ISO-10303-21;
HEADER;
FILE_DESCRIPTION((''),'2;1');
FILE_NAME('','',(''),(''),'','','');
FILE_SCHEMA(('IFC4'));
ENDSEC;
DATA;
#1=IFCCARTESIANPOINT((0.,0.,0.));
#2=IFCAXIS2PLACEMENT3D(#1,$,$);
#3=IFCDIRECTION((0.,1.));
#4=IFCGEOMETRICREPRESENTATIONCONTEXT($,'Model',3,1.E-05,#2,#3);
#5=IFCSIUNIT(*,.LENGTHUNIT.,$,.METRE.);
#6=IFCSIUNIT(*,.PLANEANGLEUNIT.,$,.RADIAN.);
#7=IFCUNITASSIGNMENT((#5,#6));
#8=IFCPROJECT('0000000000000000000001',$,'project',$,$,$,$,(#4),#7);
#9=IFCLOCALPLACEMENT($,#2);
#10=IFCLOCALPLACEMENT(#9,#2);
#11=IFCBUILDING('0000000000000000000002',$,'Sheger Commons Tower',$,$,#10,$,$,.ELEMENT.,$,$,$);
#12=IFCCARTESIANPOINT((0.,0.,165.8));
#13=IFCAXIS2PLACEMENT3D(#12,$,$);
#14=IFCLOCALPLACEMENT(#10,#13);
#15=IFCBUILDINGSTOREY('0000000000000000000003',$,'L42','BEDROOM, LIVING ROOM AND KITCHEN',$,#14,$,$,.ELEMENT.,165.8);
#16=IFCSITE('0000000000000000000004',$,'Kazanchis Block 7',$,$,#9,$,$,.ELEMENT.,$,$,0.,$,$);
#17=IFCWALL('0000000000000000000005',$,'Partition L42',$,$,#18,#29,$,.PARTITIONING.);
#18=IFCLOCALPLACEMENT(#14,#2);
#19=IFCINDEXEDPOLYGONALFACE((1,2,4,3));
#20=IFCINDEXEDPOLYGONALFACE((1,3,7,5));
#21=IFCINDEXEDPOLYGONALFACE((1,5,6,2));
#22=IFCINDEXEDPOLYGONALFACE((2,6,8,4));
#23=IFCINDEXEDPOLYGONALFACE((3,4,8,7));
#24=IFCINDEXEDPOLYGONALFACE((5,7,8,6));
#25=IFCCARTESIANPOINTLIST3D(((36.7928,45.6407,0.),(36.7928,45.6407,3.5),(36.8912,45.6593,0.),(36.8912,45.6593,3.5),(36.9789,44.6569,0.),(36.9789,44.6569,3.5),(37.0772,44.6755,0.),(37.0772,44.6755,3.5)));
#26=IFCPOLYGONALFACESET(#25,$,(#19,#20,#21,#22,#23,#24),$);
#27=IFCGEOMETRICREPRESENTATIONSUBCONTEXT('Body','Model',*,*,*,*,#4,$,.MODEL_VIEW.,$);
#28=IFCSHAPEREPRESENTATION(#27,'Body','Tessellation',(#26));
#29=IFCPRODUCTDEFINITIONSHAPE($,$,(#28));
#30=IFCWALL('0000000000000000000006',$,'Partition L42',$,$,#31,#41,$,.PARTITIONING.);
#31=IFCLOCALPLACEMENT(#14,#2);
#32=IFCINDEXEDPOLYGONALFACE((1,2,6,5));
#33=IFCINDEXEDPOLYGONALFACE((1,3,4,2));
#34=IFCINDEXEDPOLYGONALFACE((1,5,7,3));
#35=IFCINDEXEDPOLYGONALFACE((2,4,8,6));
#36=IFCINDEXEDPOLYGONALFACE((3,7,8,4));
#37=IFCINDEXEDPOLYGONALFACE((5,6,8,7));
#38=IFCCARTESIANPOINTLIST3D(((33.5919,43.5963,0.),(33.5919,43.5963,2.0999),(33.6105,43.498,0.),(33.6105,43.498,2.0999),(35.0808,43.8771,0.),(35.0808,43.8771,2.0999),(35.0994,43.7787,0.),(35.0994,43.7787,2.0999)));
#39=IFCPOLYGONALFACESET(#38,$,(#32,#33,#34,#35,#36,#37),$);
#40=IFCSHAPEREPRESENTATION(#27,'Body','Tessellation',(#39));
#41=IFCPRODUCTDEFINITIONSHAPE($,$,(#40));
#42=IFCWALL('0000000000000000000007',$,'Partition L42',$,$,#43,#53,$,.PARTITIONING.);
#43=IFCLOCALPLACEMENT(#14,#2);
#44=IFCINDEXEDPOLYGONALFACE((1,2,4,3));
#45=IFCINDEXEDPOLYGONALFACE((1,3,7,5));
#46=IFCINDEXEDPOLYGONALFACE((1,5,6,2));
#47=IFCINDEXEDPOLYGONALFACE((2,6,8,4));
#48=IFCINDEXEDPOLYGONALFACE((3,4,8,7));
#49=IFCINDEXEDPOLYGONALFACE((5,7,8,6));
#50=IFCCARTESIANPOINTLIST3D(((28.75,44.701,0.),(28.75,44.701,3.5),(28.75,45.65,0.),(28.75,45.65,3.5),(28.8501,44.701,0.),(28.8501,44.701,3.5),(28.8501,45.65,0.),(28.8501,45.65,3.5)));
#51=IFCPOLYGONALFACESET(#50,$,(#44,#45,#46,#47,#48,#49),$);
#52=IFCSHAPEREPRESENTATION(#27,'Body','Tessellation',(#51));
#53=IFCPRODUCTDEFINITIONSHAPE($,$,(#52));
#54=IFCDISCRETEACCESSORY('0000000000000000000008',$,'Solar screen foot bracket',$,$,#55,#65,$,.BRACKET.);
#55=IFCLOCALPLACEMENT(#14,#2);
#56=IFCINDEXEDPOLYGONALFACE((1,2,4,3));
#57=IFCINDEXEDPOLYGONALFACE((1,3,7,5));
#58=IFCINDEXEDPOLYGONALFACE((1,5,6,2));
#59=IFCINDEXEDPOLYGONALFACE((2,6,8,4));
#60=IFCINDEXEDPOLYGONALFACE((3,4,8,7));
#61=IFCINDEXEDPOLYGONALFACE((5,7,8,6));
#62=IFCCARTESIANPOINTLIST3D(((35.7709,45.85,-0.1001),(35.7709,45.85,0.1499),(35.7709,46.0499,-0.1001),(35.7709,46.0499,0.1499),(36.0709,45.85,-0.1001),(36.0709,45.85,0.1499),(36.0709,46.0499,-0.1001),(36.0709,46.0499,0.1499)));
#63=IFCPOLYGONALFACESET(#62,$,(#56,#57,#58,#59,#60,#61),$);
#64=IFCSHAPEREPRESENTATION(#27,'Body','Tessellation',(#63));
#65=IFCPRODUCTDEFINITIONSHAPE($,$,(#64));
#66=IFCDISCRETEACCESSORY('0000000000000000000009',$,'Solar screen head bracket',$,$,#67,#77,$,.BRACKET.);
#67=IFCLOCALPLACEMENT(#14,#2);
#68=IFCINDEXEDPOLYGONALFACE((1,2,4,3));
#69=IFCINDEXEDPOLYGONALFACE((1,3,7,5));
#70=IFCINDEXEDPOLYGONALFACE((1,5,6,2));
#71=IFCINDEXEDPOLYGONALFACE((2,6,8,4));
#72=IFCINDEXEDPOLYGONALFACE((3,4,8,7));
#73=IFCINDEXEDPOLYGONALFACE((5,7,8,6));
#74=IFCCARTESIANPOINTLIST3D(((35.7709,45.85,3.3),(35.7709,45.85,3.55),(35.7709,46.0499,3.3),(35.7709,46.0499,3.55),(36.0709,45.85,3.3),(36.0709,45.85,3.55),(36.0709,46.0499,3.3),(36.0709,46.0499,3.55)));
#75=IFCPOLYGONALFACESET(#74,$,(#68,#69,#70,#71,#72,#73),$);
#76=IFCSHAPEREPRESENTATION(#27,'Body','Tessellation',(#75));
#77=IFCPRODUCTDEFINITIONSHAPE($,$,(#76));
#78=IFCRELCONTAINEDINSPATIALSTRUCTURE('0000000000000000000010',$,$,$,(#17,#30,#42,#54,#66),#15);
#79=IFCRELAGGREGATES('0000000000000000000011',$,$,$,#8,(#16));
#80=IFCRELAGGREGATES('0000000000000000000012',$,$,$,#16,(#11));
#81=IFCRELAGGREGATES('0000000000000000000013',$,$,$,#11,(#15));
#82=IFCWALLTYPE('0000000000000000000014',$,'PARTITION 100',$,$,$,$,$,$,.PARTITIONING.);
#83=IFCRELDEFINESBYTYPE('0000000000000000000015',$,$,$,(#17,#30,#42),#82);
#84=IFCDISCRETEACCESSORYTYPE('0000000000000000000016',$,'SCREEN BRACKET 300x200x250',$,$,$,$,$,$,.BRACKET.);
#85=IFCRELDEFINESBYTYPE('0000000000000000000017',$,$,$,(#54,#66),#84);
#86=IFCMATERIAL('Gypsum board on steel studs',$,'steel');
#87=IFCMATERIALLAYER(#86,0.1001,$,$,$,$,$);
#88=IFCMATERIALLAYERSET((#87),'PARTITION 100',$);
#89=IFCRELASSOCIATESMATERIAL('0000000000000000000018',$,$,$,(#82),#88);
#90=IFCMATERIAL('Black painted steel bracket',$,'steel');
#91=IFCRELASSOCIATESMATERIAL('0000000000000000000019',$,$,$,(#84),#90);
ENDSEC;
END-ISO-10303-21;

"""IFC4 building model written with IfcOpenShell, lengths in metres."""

from ifc_helpers import new_model, si_unit, direction, frame, frame_2d, origin, origin_2d, place, context, subcontext, project, spatial, rectangle, extrude, material, layer, layer_set, type_object, element, save


model = new_model("IFC4")

# Units and contexts
model_context = context("Model", 3, precision=1e-05, world=origin(), true_north=direction((0.0, 1.0)))
body_context = subcontext(model_context, "Body", "Model", "MODEL_VIEW")
ifc_project = project(units=[si_unit("LENGTHUNIT", "METRE"), si_unit("PLANEANGLEUNIT", "RADIAN")], contexts=[model_context])

# Site, building, storey
site_placement = place(None, origin())
site = spatial("IfcSite", under=ifc_project, at=site_placement, Name="Kazanchis Block 7", CompositionType="ELEMENT", RefElevation=0.0)
building_placement = place(site_placement, origin())
building = spatial("IfcBuilding", under=site, at=building_placement, Name="Sheger Commons Tower", CompositionType="ELEMENT")
storey_placement = place(building_placement, frame((0.0, 0.0, 165.8)))
storey = spatial("IfcBuildingStorey", under=building, at=storey_placement, Name="L42", Description="BEDROOM, LIVING ROOM AND KITCHEN", CompositionType="ELEMENT", Elevation=165.8)

# Walls
ifc_material_1 = material(Name="Gypsum board on steel studs", Category="steel")
ifc_layer_1 = layer(ifc_material_1, 0.1001)
ifc_layer_set_1 = layer_set([ifc_layer_1], Name="PARTITION 100")
wall_type_1 = type_object("IfcWallType", Name="PARTITION 100", PredefinedType="PARTITIONING", material=ifc_layer_set_1)
wall_1_placement = place(storey_placement, frame((36.842, 45.6499, 0.0), z_axis=(0.0, 0.0, 1.0), x_axis=(0.18579, -0.982589, 0.0)))
element("IfcWall", 1, at=wall_1_placement, inside=storey, type_object=wall_type_1, Name="Partition L42", PredefinedType="PARTITIONING", context=body_context, shape_type="SweptSolid", body=[
    extrude(rectangle(XDim=1.0012, YDim=0.1001, at=frame_2d((0.5005, 0.0))), origin(), (0.0, 0.0, 1.0), 3.5),
])
wall_2_placement = place(storey_placement, frame((35.0901, 43.8279, 0.0), z_axis=(0.0, 0.0, 1.0), x_axis=(-0.982684, -0.18529, 0.0)))
element("IfcWall", 2, at=wall_2_placement, inside=storey, type_object=wall_type_1, Name="Partition L42", PredefinedType="PARTITIONING", context=body_context, shape_type="SweptSolid", body=[
    extrude(rectangle(XDim=1.5151, YDim=0.1001, at=frame_2d((0.7576, 0.0))), origin(), (0.0, 0.0, 1.0), 2.0999),
])
wall_3_placement = place(storey_placement, frame((28.8, 44.7009, 0.0), z_axis=(0.0, 0.0, 1.0), x_axis=(0.0, 1.0, 0.0)))
element("IfcWall", 3, at=wall_3_placement, inside=storey, type_object=wall_type_1, Name="Partition L42", PredefinedType="PARTITIONING", context=body_context, shape_type="SweptSolid", body=[
    extrude(rectangle(XDim=0.949, YDim=0.1001, at=frame_2d((0.4746, 0.0))), origin(), (0.0, 0.0, 1.0), 3.5),
])

# Discrete accessories
ifc_material_2 = material(Name="Black painted steel bracket", Category="steel")
discrete_accessory_type = type_object("IfcDiscreteAccessoryType", Name="SCREEN BRACKET 300x200x250", PredefinedType="BRACKET", material=ifc_material_2)
for number, where, z_axis, x_axis, name in (
    (4, (35.9209, 45.95, -0.1001), (0.0, 0.0, 1.0), (-1.0, 0.0, 0.0), "Solar screen foot bracket"),
    (5, (35.9209, 45.95, 3.3), (0.0, 0.0, 1.0), (-1.0, 0.0, 0.0), "Solar screen head bracket"),
):
    element("IfcDiscreteAccessory", number, at=place(storey_placement, frame(where, z_axis=z_axis, x_axis=x_axis)), inside=storey, type_object=discrete_accessory_type, Name=name, PredefinedType="BRACKET", context=body_context, shape_type="SweptSolid", body=[
        extrude(rectangle(XDim=0.3, YDim=0.2, at=origin_2d()), origin(), (0.0, 0.0, 1.0), 0.25),
    ])

save(model, "model.ifc")
